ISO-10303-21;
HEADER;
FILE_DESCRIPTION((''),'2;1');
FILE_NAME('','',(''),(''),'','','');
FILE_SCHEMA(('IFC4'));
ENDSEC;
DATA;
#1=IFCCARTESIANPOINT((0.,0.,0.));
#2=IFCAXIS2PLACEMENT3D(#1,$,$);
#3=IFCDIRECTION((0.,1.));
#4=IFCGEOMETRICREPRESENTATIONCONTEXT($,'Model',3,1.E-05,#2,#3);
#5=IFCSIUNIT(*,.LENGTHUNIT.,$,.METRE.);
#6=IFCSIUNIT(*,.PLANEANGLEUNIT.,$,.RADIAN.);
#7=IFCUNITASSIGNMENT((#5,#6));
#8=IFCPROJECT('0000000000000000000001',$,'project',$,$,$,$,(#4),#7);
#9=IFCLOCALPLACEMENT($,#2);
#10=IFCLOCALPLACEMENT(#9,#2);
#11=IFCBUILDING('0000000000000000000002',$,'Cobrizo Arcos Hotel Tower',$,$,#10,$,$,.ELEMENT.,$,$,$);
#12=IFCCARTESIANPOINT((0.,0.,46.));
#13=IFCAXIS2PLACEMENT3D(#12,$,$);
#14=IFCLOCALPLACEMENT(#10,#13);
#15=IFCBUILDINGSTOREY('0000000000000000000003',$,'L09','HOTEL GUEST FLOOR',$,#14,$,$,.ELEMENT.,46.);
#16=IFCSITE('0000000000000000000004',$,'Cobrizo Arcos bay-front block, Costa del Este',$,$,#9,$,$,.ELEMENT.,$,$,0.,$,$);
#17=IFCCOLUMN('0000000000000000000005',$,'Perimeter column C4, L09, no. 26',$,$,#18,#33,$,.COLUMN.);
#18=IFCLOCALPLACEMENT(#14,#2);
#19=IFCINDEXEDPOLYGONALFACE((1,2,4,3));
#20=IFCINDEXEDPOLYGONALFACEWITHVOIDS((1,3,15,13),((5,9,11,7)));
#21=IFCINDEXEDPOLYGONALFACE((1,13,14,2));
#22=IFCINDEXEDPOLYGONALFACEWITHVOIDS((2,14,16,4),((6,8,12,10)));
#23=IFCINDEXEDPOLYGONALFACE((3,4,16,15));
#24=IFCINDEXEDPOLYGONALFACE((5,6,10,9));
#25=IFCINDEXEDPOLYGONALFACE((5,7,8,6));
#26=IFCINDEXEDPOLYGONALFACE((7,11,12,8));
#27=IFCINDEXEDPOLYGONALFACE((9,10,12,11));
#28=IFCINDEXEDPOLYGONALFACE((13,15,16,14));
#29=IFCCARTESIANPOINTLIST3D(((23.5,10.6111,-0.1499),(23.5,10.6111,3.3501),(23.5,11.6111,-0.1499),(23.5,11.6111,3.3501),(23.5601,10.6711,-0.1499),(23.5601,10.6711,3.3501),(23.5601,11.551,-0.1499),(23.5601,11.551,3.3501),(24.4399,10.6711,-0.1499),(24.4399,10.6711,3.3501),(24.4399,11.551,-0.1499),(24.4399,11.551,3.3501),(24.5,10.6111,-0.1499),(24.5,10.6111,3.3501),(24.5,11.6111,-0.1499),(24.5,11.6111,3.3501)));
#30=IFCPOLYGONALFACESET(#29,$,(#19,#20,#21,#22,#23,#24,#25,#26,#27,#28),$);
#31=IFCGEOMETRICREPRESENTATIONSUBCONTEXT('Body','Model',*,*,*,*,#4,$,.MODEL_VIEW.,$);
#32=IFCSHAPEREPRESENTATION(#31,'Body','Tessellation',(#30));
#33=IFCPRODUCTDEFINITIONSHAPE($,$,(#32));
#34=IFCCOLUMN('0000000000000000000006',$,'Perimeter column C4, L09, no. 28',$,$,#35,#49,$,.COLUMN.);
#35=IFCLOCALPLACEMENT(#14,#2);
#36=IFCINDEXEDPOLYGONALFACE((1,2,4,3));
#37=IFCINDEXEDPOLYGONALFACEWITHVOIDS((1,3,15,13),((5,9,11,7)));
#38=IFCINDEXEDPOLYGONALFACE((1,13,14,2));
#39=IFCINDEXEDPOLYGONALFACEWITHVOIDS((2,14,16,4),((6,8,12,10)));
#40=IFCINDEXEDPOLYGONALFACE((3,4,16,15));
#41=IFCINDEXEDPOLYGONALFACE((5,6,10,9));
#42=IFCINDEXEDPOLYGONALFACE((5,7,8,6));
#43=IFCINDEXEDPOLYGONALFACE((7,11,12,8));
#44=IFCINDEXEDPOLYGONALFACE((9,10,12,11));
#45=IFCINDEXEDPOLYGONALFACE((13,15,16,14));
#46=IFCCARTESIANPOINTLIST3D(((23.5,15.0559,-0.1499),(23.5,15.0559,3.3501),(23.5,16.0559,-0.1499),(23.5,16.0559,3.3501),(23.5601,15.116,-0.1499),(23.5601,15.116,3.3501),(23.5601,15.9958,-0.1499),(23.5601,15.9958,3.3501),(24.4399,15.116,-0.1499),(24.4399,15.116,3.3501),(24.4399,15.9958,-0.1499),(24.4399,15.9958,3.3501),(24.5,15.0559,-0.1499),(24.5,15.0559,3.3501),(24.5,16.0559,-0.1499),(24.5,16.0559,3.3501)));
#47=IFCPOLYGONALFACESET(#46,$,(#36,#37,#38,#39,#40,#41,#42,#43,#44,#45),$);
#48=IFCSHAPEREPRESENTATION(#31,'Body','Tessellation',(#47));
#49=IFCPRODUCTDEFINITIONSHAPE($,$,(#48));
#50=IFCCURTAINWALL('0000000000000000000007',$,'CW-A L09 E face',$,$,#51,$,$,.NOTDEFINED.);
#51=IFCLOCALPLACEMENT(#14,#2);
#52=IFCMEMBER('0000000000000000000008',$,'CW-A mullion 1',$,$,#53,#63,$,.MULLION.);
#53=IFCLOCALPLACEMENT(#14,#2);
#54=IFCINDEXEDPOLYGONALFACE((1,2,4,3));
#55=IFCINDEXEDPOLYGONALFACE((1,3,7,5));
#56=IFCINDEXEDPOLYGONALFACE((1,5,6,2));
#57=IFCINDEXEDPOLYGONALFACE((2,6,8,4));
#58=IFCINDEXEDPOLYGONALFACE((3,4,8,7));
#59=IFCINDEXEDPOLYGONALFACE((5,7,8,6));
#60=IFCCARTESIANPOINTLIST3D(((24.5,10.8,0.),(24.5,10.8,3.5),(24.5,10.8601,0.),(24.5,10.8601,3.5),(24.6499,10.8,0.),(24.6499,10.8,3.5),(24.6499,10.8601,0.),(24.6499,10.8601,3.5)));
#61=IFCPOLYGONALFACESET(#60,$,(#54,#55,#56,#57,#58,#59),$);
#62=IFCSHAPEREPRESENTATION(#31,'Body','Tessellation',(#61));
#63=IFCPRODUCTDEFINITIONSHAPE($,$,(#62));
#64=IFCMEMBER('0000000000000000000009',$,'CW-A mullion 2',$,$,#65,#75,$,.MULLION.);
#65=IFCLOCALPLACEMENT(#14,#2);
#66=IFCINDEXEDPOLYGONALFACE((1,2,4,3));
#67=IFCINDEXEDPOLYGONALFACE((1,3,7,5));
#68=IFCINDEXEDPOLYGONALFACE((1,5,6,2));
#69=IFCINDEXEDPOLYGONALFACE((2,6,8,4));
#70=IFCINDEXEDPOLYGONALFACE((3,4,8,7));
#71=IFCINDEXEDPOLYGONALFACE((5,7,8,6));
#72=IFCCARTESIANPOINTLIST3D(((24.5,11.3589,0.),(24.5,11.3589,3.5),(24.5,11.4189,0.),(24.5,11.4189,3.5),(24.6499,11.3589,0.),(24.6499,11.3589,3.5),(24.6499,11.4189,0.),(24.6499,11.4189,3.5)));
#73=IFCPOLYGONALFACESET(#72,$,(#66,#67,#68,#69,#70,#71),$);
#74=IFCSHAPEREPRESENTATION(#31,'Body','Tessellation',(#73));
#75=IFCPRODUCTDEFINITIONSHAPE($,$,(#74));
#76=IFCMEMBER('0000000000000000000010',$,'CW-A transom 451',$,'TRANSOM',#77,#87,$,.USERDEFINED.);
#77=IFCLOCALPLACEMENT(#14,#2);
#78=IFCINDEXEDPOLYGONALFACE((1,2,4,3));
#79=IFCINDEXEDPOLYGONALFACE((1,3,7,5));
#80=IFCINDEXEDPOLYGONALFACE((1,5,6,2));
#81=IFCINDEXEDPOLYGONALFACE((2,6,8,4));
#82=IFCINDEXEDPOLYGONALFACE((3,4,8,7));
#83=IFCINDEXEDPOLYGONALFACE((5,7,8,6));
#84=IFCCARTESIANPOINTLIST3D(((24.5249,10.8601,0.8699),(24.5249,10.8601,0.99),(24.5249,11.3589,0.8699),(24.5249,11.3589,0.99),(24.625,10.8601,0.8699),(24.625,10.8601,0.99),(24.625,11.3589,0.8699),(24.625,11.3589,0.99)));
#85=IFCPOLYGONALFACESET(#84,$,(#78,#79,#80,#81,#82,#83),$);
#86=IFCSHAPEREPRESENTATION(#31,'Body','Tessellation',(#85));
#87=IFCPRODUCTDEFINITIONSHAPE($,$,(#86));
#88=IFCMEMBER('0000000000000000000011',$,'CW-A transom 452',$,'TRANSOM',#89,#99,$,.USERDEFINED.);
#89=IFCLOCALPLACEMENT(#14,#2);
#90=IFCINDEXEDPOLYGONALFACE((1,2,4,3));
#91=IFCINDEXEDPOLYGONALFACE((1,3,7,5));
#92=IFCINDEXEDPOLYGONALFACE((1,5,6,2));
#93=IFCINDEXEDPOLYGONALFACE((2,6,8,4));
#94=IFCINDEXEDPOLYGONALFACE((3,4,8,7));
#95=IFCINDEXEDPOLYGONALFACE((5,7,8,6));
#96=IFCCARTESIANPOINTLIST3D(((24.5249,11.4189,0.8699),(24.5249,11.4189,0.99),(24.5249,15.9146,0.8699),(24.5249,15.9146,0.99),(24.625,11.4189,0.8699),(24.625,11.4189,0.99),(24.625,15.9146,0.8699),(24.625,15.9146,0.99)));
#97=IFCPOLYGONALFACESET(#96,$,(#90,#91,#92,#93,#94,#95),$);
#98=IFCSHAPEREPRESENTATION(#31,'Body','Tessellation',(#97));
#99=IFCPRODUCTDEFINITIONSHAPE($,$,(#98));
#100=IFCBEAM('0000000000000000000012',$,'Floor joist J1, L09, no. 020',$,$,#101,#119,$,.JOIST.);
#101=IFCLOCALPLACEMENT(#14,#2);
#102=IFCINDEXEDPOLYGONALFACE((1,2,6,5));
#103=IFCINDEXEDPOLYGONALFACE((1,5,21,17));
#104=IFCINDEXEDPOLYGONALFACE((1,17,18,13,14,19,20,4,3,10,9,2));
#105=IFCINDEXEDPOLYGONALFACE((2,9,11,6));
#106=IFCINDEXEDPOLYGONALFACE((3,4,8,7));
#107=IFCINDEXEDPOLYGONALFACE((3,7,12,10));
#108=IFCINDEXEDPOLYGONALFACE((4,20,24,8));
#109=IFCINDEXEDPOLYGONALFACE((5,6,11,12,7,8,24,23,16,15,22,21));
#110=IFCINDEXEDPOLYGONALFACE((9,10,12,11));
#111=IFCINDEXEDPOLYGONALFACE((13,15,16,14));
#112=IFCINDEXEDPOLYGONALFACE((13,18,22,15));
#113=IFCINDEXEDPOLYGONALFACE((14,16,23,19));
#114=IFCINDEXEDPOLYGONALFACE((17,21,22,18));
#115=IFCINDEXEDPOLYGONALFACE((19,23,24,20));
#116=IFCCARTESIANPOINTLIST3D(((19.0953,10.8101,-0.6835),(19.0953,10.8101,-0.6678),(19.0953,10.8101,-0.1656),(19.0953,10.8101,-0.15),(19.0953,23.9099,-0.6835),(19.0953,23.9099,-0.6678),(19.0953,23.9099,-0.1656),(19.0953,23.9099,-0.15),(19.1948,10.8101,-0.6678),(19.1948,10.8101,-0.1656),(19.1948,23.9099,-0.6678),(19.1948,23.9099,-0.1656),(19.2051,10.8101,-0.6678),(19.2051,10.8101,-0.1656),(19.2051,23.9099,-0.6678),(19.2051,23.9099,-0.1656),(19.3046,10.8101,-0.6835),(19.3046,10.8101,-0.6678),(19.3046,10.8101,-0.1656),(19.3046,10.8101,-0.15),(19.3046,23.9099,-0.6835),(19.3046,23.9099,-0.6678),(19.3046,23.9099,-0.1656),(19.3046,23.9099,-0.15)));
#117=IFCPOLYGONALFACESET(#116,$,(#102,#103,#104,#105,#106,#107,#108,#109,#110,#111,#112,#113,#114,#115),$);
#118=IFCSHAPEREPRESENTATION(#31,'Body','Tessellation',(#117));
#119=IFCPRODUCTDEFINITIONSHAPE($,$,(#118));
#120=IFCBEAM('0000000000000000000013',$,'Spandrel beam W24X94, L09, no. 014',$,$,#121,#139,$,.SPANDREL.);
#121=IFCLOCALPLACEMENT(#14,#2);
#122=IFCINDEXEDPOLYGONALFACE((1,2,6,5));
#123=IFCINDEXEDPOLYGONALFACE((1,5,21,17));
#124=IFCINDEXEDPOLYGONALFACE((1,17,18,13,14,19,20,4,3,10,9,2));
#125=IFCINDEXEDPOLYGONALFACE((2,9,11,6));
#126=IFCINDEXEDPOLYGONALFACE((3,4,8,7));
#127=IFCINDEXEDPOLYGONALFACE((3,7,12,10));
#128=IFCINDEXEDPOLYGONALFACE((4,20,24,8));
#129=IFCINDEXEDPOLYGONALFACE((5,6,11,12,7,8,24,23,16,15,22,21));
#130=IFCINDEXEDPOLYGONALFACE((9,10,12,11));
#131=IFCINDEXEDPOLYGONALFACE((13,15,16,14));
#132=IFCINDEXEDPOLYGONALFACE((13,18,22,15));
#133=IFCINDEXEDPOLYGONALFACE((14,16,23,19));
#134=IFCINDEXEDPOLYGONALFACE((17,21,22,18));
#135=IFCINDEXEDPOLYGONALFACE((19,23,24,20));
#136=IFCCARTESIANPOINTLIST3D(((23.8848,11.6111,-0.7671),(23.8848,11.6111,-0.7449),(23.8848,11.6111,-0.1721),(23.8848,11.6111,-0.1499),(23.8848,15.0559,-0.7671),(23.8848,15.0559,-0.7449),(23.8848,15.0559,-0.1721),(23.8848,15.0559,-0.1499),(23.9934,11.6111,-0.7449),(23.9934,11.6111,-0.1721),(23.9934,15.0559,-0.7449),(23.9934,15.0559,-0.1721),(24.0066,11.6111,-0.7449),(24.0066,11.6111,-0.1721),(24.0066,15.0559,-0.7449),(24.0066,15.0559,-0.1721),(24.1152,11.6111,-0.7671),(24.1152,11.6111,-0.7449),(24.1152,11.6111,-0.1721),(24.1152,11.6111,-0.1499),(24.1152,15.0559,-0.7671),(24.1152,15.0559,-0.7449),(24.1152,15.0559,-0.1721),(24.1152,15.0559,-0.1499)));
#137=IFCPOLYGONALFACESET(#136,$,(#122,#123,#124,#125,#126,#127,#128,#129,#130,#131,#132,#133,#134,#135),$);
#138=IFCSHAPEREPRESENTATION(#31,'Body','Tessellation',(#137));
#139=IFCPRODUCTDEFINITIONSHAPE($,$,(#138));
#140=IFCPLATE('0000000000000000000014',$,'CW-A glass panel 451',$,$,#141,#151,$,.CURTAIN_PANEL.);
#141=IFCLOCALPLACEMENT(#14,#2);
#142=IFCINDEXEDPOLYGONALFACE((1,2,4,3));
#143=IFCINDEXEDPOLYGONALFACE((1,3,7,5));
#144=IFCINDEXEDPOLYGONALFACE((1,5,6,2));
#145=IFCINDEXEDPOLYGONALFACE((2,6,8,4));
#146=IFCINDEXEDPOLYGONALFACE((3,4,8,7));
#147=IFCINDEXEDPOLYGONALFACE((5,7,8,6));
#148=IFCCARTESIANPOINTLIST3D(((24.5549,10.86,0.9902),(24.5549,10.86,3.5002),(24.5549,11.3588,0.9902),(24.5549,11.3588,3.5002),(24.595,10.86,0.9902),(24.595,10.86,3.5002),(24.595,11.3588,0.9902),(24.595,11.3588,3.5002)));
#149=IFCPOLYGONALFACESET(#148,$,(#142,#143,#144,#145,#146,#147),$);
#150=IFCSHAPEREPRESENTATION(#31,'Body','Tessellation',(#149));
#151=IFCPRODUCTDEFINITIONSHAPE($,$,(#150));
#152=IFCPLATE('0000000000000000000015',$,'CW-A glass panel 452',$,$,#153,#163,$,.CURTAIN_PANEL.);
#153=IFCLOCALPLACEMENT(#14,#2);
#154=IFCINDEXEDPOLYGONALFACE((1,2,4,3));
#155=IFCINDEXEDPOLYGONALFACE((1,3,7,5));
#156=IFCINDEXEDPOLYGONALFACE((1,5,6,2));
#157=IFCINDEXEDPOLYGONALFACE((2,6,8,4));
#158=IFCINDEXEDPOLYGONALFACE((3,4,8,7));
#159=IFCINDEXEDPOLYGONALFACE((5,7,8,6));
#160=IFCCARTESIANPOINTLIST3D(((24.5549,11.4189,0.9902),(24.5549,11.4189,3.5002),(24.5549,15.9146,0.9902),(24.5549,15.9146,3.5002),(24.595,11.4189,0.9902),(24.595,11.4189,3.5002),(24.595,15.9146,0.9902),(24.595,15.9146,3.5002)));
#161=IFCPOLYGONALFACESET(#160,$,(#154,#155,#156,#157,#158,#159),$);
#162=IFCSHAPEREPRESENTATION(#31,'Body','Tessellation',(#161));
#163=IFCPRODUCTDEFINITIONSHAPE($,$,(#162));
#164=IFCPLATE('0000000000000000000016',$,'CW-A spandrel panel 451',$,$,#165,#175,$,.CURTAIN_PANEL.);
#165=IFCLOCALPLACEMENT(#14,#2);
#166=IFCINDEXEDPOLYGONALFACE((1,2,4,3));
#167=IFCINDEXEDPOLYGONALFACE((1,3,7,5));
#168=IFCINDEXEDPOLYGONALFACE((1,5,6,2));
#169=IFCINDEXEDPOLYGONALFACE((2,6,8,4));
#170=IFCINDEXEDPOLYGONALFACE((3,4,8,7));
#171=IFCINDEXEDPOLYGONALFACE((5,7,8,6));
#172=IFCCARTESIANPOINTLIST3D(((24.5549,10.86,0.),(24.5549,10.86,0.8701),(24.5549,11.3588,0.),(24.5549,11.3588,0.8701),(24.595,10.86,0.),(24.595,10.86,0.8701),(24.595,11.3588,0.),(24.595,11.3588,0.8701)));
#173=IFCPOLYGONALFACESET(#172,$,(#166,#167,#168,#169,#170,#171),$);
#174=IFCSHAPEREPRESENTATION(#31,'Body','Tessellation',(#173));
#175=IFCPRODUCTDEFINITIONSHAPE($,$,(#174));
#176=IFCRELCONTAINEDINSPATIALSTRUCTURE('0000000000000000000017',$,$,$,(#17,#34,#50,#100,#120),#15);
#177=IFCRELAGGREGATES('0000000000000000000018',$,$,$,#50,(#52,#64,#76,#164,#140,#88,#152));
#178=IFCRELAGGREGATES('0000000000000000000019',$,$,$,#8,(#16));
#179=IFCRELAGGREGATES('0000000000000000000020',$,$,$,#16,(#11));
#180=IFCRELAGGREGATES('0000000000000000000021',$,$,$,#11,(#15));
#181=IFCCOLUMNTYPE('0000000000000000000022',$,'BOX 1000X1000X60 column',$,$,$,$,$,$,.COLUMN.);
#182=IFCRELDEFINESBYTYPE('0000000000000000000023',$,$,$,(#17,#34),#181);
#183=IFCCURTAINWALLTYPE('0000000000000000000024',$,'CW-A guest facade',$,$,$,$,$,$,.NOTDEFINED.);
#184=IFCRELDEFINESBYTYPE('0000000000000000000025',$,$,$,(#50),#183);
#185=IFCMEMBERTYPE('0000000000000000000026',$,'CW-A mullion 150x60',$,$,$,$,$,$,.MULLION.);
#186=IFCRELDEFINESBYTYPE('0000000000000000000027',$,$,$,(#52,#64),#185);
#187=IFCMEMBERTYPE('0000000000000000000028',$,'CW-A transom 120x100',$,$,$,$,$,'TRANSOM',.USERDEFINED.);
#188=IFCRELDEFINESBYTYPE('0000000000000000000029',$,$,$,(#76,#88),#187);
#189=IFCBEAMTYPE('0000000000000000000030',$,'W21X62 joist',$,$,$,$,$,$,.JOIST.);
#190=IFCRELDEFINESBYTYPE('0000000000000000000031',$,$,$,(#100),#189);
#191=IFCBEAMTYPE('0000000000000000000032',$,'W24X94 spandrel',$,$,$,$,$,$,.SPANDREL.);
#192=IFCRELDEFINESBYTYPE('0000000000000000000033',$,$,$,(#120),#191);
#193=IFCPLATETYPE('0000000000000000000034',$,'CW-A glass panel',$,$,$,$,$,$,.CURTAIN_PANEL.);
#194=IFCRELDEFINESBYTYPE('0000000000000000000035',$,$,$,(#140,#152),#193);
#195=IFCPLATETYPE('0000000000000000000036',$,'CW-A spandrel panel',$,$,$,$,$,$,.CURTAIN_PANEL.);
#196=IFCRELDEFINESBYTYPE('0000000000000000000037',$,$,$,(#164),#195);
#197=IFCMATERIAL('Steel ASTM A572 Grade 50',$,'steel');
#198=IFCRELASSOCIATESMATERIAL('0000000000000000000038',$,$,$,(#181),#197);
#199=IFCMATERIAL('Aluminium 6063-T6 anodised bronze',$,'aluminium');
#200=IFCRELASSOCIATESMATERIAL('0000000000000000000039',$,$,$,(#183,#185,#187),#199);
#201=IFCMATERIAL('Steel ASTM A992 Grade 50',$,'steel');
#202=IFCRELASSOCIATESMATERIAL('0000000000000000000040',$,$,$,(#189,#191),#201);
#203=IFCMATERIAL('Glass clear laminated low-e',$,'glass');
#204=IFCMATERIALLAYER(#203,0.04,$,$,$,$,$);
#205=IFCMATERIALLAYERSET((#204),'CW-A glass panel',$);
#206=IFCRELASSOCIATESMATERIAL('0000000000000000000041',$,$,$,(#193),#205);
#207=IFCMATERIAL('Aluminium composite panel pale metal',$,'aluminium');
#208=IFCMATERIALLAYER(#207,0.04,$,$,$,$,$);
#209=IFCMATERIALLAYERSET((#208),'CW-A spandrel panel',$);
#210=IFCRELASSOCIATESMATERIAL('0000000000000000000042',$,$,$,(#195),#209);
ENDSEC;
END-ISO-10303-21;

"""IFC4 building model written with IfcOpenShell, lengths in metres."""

from ifc_helpers import new_model, si_unit, direction, frame, origin, origin_2d, place, context, subcontext, project, spatial, rectangle, hollow_rectangle, i_section, extrude, material, layer, layer_set, material_profile, profile_set, type_object, element, aggregate, save


model = new_model("IFC4")

# Units and contexts
model_context = context("Model", 3, precision=1e-05, world=origin(), true_north=direction((0.0, 1.0)))
body_context = subcontext(model_context, "Body", "Model", "MODEL_VIEW")
ifc_project = project(units=[si_unit("LENGTHUNIT", "METRE"), si_unit("PLANEANGLEUNIT", "RADIAN")], contexts=[model_context])

# Site, building, storey
site_placement = place(None, origin())
site = spatial("IfcSite", under=ifc_project, at=site_placement, Name="Cobrizo Arcos bay-front block, Costa del Este", CompositionType="ELEMENT", RefElevation=0.0)
building_placement = place(site_placement, origin())
building = spatial("IfcBuilding", under=site, at=building_placement, Name="Cobrizo Arcos Hotel Tower", CompositionType="ELEMENT")
storey_placement = place(building_placement, frame((0.0, 0.0, 46.0)))
storey = spatial("IfcBuildingStorey", under=building, at=storey_placement, Name="L09", Description="HOTEL GUEST FLOOR", CompositionType="ELEMENT", Elevation=46.0)

# Columns
ifc_material_1 = material(Name="Steel ASTM A572 Grade 50", Category="steel")
ifc_material_profile_1 = material_profile(ifc_material_1, hollow_rectangle(XDim=1.0, YDim=1.0, WallThickness=0.0601, at=origin_2d()), Name="BOX 1000X1000X60")
ifc_profile_set_1 = profile_set([ifc_material_profile_1], Name="Steel ASTM A572 Grade 50")
column_type = type_object("IfcColumnType", Name="BOX 1000X1000X60 column", PredefinedType="COLUMN", material=ifc_profile_set_1)
for number, where, z_axis, x_axis, name in (
    (1, (24.0, 11.1111, -0.1499), (0.0, 0.0, 1.0), (1.0, 0.0, 0.0), "Perimeter column C4, L09, no. 26"),
    (2, (24.0, 15.5559, -0.1499), (0.0, 0.0, 1.0), (1.0, 0.0, 0.0), "Perimeter column C4, L09, no. 28"),
):
    element("IfcColumn", number, at=place(storey_placement, frame(where, z_axis=z_axis, x_axis=x_axis)), inside=storey, type_object=column_type, Name=name, PredefinedType="COLUMN", context=body_context, shape_type="SweptSolid", body=[
        extrude(hollow_rectangle(XDim=1.0, YDim=1.0, WallThickness=0.0601, at=origin_2d()), origin(), (0.0, 0.0, 1.0), 3.5),
    ])

# Curtain wall, members
ifc_material_2 = material(Name="Aluminium 6063-T6 anodised bronze", Category="aluminium")
curtain_wall_type = type_object("IfcCurtainWallType", Name="CW-A guest facade", PredefinedType="NOTDEFINED", material=ifc_material_2)
curtain_wall_placement = place(storey_placement, origin())
curtain_wall = element("IfcCurtainWall", 3, at=curtain_wall_placement, inside=storey, type_object=curtain_wall_type, Name="CW-A L09 E face", PredefinedType="NOTDEFINED")
ifc_material_profile_2 = material_profile(ifc_material_2, rectangle(XDim=0.1499, YDim=0.0601, at=origin_2d()), Name="CW-A mullion 150x60")
ifc_profile_set_2 = profile_set([ifc_material_profile_2], Name="Aluminium 6063-T6 anodised bronze")
member_type_1 = type_object("IfcMemberType", Name="CW-A mullion 150x60", PredefinedType="MULLION", material=ifc_profile_set_2)
member_1_placement = place(storey_placement, frame((24.575, 10.8301, 0.0), z_axis=(0.0, 0.0, 1.0), x_axis=(1.0, 0.0, 0.0)))
member_1 = element("IfcMember", 4, at=member_1_placement, type_object=member_type_1, Name="CW-A mullion 1", PredefinedType="MULLION", context=body_context, shape_type="SweptSolid", body=[
    extrude(rectangle(XDim=0.1499, YDim=0.0601, at=origin_2d()), origin(), (0.0, 0.0, 1.0), 3.5),
])
member_2_placement = place(storey_placement, frame((24.575, 11.3889, 0.0), z_axis=(0.0, 0.0, 1.0), x_axis=(1.0, 0.0, 0.0)))
member_2 = element("IfcMember", 5, at=member_2_placement, type_object=member_type_1, Name="CW-A mullion 2", PredefinedType="MULLION", context=body_context, shape_type="SweptSolid", body=[
    extrude(rectangle(XDim=0.1499, YDim=0.0601, at=origin_2d()), origin(), (0.0, 0.0, 1.0), 3.5),
])
ifc_material_profile_3 = material_profile(ifc_material_2, rectangle(XDim=0.1001, YDim=0.1201, at=origin_2d()), Name="CW-A transom 120x100")
ifc_profile_set_3 = profile_set([ifc_material_profile_3], Name="Aluminium 6063-T6 anodised bronze")
member_type_2 = type_object("IfcMemberType", Name="CW-A transom 120x100", ElementType="TRANSOM", PredefinedType="USERDEFINED", material=ifc_profile_set_3)
member_3_placement = place(storey_placement, frame((24.575, 10.8601, 0.9299), z_axis=(0.0, 1.0, 0.0), x_axis=(-1.0, 0.0, 0.0)))
member_3 = element("IfcMember", 6, at=member_3_placement, type_object=member_type_2, Name="CW-A transom 451", ObjectType="TRANSOM", PredefinedType="USERDEFINED", context=body_context, shape_type="SweptSolid", body=[
    extrude(rectangle(XDim=0.1001, YDim=0.1201, at=origin_2d()), origin(), (0.0, 0.0, 1.0), 0.4988),
])
member_4_placement = place(storey_placement, frame((24.575, 11.4189, 0.9299), z_axis=(0.0, 1.0, 0.0), x_axis=(-1.0, 0.0, 0.0)))
member_4 = element("IfcMember", 7, at=member_4_placement, type_object=member_type_2, Name="CW-A transom 452", ObjectType="TRANSOM", PredefinedType="USERDEFINED", context=body_context, shape_type="SweptSolid", body=[
    extrude(rectangle(XDim=0.1001, YDim=0.1201, at=origin_2d()), origin(), (0.0, 0.0, 1.0), 4.4956),
])

# Beams
ifc_material_3 = material(Name="Steel ASTM A992 Grade 50", Category="steel")
ifc_material_profile_4 = material_profile(ifc_material_3, i_section(OverallWidth=0.2092, OverallDepth=0.5334, WebThickness=0.0103, FlangeThickness=0.0156, at=origin_2d()), Name="W21X62")
ifc_profile_set_4 = profile_set([ifc_material_profile_4], Name="Steel ASTM A992 Grade 50")
beam_type_1 = type_object("IfcBeamType", Name="W21X62 joist", PredefinedType="JOIST", material=ifc_profile_set_4)
beam_1_placement = place(storey_placement, frame((19.2, 10.8101, -0.4167), z_axis=(0.0, 1.0, 0.0), x_axis=(-1.0, 0.0, 0.0)))
element("IfcBeam", 8, at=beam_1_placement, inside=storey, type_object=beam_type_1, Name="Floor joist J1, L09, no. 020", PredefinedType="JOIST", context=body_context, shape_type="SweptSolid", body=[
    extrude(i_section(OverallWidth=0.2092, OverallDepth=0.5334, WebThickness=0.0103, FlangeThickness=0.0156, at=origin_2d()), origin(), (0.0, 0.0, 1.0), 13.0999),
])
ifc_material_profile_5 = material_profile(ifc_material_3, i_section(OverallWidth=0.2305, OverallDepth=0.6172, WebThickness=0.0132, FlangeThickness=0.0222, at=origin_2d()), Name="W24X94")
ifc_profile_set_5 = profile_set([ifc_material_profile_5], Name="Steel ASTM A992 Grade 50")
beam_type_2 = type_object("IfcBeamType", Name="W24X94 spandrel", PredefinedType="SPANDREL", material=ifc_profile_set_5)
beam_2_placement = place(storey_placement, frame((24.0, 11.6111, -0.4585), z_axis=(0.0, 1.0, 0.0), x_axis=(-1.0, 0.0, 0.0)))
element("IfcBeam", 9, at=beam_2_placement, inside=storey, type_object=beam_type_2, Name="Spandrel beam W24X94, L09, no. 014", PredefinedType="SPANDREL", context=body_context, shape_type="SweptSolid", body=[
    extrude(i_section(OverallWidth=0.2305, OverallDepth=0.6172, WebThickness=0.0132, FlangeThickness=0.0222, at=origin_2d()), origin(), (0.0, 0.0, 1.0), 3.4448),
])

# Plates
ifc_material_4 = material(Name="Glass clear laminated low-e", Category="glass")
ifc_layer_1 = layer(ifc_material_4, 0.04)
ifc_layer_set_1 = layer_set([ifc_layer_1], Name="CW-A glass panel")
plate_type_1 = type_object("IfcPlateType", Name="CW-A glass panel", PredefinedType="CURTAIN_PANEL", material=ifc_layer_set_1)
plate_1_placement = place(storey_placement, frame((24.575, 11.1094, 0.9902), z_axis=(0.0, 0.0, 1.0), x_axis=(0.0, 1.0, 0.0)))
plate_1 = element("IfcPlate", 10, at=plate_1_placement, type_object=plate_type_1, Name="CW-A glass panel 451", PredefinedType="CURTAIN_PANEL", context=body_context, shape_type="SweptSolid", body=[
    extrude(rectangle(XDim=0.4988, YDim=0.04, at=origin_2d()), origin(), (0.0, 0.0, 1.0), 2.51),
])
plate_2_placement = place(storey_placement, frame((24.575, 13.6667, 0.9902), z_axis=(0.0, 0.0, 1.0), x_axis=(0.0, 1.0, 0.0)))
plate_2 = element("IfcPlate", 11, at=plate_2_placement, type_object=plate_type_1, Name="CW-A glass panel 452", PredefinedType="CURTAIN_PANEL", context=body_context, shape_type="SweptSolid", body=[
    extrude(rectangle(XDim=4.4956, YDim=0.04, at=origin_2d()), origin(), (0.0, 0.0, 1.0), 2.51),
])
ifc_material_5 = material(Name="Aluminium composite panel pale metal", Category="aluminium")
ifc_layer_2 = layer(ifc_material_5, 0.04)
ifc_layer_set_2 = layer_set([ifc_layer_2], Name="CW-A spandrel panel")
plate_type_2 = type_object("IfcPlateType", Name="CW-A spandrel panel", PredefinedType="CURTAIN_PANEL", material=ifc_layer_set_2)
plate_3_placement = place(storey_placement, frame((24.575, 11.1094, 0.0), z_axis=(0.0, 0.0, 1.0), x_axis=(0.0, 1.0, 0.0)))
plate_3 = element("IfcPlate", 12, at=plate_3_placement, type_object=plate_type_2, Name="CW-A spandrel panel 451", PredefinedType="CURTAIN_PANEL", context=body_context, shape_type="SweptSolid", body=[
    extrude(rectangle(XDim=0.4988, YDim=0.04, at=origin_2d()), origin(), (0.0, 0.0, 1.0), 0.8701),
])
aggregate(curtain_wall, [member_1, member_2, member_3, plate_3, plate_1, member_4, plate_2])

save(model, "model.ifc")
